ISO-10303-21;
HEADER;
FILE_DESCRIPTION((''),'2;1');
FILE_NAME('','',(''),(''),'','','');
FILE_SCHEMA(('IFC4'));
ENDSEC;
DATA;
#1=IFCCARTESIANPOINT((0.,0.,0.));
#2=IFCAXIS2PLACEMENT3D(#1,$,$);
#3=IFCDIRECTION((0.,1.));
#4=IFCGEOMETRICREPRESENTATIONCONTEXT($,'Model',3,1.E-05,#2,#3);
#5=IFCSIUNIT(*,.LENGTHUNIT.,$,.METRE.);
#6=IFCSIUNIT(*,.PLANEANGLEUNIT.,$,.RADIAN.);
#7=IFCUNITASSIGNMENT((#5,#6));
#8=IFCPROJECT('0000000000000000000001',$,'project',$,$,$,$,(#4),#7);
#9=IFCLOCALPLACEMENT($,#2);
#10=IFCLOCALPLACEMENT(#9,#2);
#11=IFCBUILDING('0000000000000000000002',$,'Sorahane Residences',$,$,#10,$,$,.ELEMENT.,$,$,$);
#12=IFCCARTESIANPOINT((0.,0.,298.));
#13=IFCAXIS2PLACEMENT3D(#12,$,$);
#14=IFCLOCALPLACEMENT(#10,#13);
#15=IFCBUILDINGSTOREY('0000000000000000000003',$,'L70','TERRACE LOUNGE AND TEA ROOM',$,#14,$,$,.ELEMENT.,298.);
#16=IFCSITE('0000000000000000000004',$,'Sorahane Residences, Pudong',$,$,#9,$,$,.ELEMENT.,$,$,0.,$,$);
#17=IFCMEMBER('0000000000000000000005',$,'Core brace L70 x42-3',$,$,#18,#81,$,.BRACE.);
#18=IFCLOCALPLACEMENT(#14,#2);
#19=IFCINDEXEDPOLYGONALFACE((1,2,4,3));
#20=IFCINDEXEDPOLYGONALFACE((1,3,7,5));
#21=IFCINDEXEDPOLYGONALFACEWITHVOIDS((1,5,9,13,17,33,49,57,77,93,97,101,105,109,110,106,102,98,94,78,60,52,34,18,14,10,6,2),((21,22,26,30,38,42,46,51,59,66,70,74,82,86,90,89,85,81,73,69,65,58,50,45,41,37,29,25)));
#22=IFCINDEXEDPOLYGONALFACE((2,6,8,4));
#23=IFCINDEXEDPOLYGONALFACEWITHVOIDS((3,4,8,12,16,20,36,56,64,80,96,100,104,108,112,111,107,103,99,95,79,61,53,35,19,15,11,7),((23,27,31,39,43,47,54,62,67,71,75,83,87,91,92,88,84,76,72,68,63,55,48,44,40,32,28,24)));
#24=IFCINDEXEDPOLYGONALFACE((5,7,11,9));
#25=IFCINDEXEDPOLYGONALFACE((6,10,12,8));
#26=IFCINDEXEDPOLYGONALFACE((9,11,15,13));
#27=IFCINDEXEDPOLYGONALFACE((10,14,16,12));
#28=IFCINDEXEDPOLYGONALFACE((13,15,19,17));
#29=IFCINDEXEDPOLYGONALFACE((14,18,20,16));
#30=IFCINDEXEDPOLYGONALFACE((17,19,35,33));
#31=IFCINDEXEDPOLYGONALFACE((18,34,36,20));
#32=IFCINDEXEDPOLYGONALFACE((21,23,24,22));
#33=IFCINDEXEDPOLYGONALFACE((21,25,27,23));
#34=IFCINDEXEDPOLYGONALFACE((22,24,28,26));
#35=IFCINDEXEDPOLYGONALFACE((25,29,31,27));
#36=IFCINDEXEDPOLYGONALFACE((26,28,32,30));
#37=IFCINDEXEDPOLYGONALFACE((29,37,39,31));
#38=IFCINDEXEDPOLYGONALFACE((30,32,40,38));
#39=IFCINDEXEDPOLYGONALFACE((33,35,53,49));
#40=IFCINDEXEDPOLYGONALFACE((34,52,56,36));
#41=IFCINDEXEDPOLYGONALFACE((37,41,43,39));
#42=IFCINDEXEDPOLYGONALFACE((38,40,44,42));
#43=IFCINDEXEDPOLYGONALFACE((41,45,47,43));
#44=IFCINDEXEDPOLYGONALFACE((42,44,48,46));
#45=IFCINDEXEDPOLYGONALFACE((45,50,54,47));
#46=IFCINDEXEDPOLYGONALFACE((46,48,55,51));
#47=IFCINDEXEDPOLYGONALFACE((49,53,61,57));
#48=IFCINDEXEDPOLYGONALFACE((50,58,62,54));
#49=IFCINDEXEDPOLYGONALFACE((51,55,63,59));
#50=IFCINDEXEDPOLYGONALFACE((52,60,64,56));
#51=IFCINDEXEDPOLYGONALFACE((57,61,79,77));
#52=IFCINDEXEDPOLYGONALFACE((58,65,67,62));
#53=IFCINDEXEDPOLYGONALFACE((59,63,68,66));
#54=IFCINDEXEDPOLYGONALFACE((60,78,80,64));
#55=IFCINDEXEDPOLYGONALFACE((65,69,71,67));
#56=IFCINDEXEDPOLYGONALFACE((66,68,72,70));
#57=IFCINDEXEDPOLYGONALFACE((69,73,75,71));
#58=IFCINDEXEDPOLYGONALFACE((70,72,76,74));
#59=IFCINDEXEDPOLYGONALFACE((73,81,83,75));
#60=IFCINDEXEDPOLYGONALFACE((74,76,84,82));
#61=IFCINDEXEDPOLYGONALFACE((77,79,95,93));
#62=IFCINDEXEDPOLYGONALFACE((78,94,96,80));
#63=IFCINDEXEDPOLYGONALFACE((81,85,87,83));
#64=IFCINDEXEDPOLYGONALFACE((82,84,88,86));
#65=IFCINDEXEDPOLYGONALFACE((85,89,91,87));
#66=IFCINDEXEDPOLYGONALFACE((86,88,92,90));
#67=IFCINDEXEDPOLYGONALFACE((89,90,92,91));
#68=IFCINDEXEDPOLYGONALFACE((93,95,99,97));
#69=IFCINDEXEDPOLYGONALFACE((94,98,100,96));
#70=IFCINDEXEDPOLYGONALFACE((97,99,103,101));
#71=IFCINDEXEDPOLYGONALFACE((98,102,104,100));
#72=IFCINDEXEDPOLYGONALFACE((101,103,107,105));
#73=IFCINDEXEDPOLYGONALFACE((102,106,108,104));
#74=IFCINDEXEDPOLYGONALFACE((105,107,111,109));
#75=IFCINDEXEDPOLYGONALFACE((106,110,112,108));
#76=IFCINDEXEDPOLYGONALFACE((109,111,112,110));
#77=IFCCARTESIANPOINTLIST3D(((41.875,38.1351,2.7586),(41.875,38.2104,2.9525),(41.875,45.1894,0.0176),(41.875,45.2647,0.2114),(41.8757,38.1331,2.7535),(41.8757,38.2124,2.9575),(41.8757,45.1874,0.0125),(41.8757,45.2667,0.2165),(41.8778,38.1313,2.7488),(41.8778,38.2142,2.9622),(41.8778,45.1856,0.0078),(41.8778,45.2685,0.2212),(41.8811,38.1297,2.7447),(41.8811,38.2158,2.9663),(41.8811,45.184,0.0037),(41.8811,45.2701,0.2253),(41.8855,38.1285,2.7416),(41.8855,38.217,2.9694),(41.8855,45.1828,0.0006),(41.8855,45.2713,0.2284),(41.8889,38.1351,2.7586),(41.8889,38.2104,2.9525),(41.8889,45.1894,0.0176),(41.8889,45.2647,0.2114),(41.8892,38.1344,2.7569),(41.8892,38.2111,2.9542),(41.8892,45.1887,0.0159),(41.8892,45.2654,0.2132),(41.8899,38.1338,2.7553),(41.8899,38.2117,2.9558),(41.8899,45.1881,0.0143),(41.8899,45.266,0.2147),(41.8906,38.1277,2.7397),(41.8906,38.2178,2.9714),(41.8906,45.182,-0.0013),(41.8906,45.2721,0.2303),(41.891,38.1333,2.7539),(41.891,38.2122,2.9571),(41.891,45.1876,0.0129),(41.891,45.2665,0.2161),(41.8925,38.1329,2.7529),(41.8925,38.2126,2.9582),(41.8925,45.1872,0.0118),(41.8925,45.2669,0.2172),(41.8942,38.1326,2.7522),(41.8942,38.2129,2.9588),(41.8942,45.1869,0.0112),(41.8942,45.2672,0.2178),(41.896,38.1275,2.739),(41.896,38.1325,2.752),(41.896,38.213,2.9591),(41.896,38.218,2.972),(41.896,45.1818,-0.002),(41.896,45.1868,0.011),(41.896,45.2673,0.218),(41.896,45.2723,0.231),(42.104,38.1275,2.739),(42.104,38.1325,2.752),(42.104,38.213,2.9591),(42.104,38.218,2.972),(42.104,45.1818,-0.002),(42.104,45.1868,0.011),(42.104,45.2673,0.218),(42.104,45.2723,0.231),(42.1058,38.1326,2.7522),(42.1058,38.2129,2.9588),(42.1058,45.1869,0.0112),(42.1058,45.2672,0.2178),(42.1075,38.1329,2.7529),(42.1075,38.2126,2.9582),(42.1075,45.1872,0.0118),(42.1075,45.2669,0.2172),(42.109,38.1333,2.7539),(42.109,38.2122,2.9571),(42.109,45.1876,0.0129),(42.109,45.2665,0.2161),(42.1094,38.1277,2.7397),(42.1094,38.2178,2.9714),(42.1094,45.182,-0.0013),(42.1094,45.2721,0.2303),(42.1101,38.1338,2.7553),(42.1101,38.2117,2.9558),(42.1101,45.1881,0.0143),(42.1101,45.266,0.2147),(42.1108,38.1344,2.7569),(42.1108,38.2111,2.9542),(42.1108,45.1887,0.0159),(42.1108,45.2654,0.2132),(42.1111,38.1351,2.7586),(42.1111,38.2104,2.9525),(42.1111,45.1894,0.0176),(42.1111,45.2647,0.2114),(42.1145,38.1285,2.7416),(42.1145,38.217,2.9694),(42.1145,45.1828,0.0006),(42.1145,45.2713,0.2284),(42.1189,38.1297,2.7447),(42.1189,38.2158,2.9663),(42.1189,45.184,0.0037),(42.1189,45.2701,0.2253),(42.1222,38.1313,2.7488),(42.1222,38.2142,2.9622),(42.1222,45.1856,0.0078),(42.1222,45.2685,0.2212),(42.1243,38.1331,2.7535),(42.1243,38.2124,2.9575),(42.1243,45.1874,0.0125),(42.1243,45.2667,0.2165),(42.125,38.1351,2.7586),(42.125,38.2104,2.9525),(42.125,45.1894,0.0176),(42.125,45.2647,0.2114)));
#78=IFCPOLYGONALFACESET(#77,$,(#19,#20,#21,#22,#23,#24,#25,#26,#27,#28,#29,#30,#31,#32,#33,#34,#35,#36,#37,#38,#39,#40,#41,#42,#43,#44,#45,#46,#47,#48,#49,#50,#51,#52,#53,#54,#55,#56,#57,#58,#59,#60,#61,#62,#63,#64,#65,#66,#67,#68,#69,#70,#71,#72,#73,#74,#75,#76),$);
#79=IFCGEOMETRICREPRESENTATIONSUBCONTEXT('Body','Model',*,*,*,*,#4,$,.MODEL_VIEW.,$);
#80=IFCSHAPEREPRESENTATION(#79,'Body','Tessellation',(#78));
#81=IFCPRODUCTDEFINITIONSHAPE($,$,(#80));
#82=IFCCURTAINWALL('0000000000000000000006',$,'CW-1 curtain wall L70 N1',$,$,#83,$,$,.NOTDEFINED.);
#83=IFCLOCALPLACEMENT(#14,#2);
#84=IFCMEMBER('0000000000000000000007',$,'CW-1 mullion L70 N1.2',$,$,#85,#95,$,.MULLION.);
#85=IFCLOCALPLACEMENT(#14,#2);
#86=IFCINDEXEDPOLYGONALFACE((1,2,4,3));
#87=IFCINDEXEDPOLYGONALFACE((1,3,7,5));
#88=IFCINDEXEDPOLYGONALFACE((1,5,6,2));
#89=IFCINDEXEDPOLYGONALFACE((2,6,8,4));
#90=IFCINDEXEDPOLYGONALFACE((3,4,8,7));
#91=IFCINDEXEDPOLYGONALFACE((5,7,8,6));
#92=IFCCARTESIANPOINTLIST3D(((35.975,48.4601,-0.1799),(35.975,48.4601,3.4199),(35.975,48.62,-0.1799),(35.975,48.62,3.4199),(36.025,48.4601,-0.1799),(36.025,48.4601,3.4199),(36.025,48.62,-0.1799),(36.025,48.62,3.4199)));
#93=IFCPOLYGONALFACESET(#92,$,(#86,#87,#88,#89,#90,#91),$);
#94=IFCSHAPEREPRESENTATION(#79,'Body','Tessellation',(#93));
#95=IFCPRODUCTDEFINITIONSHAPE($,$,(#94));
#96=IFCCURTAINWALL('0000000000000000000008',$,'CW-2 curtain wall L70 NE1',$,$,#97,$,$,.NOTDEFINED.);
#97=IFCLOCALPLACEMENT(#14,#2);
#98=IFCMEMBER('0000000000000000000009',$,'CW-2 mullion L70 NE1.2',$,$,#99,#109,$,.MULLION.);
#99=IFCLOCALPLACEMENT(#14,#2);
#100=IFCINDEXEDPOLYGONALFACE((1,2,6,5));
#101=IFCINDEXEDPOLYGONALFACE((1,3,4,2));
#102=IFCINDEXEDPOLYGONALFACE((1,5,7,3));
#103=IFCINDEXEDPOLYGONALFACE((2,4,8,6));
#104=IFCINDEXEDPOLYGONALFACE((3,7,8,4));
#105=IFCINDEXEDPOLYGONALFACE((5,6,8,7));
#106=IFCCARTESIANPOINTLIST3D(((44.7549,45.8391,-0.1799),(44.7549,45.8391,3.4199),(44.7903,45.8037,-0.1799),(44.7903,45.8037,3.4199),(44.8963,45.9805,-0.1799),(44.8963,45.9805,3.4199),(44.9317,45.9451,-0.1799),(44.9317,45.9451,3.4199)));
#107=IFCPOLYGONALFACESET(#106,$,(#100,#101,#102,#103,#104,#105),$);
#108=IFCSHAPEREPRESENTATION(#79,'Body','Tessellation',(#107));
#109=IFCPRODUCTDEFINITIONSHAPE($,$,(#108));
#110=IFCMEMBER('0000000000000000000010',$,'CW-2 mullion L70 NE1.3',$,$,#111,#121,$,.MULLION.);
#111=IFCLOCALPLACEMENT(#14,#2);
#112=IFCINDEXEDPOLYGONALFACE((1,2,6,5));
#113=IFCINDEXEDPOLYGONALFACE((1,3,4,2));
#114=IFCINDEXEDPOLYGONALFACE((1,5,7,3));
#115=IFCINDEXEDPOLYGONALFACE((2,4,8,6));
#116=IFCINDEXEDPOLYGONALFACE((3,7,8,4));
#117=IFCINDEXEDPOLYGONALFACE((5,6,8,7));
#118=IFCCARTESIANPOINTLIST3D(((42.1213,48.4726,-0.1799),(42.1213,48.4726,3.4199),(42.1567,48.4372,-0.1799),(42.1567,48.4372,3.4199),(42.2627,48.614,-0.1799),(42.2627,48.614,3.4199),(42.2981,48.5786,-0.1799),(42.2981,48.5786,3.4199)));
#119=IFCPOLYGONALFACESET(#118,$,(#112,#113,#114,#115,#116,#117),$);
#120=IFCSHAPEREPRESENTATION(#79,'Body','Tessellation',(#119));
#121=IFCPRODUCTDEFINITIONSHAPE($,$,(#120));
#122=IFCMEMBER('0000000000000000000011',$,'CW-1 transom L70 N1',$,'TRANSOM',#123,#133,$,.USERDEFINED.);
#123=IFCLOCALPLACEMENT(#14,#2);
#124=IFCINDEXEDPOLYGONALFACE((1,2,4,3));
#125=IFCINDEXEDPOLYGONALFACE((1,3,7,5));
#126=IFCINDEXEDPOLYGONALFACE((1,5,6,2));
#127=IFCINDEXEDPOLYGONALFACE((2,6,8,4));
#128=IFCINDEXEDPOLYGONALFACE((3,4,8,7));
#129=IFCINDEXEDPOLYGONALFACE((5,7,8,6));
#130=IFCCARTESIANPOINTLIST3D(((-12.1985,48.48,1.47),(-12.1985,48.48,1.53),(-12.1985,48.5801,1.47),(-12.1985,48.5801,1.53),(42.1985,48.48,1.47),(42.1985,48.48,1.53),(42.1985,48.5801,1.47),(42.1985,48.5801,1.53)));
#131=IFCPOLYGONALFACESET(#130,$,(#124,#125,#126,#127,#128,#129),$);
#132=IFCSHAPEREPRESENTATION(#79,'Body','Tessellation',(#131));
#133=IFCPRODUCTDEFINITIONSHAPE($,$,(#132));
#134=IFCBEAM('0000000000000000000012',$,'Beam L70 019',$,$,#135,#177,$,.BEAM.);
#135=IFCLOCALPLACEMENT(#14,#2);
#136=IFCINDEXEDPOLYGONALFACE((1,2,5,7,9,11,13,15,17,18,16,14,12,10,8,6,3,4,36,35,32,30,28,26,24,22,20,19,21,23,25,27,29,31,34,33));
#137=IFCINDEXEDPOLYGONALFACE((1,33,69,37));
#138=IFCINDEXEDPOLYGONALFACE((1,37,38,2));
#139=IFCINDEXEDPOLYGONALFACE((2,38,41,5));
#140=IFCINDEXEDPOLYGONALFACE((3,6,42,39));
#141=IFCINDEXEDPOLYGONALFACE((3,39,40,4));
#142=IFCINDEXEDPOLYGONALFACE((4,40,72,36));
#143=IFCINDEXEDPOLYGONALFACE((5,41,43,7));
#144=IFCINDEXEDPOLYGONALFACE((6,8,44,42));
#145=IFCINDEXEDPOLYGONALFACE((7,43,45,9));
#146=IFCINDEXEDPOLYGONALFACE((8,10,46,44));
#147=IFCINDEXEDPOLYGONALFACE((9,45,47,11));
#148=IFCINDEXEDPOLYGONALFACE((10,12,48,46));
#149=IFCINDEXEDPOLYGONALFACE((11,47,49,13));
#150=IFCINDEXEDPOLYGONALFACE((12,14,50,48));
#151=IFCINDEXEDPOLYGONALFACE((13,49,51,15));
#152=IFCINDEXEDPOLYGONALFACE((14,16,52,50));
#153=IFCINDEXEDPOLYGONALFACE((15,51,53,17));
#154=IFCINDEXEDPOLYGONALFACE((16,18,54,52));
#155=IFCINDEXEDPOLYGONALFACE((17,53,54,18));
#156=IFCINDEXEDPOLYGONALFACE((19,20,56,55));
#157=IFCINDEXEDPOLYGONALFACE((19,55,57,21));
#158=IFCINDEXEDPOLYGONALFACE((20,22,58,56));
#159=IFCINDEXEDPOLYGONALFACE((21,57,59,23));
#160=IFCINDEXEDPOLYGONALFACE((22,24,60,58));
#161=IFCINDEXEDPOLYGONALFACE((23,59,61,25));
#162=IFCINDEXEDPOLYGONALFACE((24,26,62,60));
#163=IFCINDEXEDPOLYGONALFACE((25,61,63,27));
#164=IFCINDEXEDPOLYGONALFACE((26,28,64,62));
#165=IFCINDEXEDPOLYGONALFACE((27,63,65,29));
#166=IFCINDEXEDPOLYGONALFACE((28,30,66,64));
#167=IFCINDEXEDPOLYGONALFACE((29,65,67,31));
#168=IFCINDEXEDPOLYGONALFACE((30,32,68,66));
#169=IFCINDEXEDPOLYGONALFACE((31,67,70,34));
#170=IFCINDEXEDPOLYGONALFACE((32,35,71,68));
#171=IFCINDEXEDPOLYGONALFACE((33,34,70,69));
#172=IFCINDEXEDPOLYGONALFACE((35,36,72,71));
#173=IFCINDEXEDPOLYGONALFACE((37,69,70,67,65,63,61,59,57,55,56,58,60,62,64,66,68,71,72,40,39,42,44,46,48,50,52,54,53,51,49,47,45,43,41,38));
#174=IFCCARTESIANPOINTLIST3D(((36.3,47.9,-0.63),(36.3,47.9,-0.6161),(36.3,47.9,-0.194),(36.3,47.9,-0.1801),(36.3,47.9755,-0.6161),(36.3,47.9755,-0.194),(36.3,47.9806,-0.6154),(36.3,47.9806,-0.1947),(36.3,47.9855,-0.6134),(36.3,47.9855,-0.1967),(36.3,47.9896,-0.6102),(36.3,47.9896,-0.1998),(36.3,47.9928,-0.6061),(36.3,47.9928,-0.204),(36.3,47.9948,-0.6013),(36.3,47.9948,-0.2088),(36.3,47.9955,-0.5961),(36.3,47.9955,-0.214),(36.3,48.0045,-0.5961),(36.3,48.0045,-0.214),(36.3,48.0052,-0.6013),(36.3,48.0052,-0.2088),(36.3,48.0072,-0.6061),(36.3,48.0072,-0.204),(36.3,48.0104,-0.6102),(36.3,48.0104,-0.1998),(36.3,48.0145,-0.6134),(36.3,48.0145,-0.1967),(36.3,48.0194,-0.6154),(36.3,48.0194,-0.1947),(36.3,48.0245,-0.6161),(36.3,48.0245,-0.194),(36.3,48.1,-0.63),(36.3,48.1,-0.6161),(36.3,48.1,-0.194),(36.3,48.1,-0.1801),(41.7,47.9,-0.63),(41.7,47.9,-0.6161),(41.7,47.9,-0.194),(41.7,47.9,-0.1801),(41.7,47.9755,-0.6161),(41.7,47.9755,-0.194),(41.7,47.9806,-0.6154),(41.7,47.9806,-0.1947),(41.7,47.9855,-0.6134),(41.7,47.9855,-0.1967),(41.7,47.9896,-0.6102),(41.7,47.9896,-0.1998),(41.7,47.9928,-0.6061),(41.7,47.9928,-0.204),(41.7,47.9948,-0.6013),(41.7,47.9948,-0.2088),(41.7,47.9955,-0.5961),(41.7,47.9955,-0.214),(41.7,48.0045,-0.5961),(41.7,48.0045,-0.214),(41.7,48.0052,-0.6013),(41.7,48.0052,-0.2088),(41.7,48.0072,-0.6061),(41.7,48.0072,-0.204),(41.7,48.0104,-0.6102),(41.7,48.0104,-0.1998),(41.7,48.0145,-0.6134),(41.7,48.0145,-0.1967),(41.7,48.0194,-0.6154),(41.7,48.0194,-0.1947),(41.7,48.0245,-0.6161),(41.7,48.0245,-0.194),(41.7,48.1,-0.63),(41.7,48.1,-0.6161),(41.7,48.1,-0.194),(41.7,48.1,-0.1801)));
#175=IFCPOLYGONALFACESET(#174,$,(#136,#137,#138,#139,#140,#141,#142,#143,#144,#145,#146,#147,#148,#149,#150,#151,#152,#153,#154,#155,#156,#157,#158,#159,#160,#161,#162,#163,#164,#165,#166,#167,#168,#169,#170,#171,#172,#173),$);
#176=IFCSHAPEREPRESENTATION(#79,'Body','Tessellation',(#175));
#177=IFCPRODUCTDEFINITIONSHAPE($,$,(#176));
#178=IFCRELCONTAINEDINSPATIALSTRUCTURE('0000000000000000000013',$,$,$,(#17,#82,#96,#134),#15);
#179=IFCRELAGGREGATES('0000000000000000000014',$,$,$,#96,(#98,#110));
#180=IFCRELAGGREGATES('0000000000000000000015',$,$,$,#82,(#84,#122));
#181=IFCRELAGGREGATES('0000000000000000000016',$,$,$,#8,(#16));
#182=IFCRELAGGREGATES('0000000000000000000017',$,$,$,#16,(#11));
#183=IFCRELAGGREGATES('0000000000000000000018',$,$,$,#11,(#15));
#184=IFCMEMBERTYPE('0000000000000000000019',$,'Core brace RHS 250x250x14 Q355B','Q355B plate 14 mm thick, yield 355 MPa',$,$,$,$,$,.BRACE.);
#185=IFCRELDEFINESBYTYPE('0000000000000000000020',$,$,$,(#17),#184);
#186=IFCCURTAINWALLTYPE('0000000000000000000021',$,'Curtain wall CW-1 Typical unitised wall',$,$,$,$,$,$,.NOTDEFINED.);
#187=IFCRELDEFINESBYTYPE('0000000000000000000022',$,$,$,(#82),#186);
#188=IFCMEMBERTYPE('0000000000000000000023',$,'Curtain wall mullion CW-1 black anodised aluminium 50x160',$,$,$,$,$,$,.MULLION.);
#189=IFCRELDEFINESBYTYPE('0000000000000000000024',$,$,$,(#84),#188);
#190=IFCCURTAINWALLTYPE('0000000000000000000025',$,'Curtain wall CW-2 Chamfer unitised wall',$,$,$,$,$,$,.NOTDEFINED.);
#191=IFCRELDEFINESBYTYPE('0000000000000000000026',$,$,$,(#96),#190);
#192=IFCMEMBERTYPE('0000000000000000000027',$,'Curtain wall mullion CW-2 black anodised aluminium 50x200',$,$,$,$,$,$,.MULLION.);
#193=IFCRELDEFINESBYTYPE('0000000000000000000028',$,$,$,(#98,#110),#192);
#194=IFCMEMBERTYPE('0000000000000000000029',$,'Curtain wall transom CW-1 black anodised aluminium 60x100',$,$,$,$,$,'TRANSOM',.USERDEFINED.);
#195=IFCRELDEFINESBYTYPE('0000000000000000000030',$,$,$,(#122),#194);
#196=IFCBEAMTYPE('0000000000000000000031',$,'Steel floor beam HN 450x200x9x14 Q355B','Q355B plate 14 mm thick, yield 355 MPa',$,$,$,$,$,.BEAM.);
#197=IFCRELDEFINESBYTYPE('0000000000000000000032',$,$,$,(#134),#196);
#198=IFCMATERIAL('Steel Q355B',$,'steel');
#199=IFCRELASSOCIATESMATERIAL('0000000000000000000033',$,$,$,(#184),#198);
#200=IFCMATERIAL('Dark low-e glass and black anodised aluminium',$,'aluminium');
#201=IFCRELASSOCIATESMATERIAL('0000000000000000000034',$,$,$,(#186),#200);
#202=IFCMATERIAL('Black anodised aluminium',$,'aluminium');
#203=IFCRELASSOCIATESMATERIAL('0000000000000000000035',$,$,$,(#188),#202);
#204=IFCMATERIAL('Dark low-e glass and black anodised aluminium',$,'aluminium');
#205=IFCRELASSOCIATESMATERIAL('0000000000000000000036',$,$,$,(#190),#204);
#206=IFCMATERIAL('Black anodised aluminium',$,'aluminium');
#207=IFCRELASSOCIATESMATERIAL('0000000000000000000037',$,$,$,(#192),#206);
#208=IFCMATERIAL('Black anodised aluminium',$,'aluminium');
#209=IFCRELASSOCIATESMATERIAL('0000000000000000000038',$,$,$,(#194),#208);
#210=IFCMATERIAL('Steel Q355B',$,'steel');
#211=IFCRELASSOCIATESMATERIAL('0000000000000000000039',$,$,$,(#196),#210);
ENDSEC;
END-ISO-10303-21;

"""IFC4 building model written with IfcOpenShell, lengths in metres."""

from ifc_helpers import new_model, si_unit, direction, frame, origin, origin_2d, place, context, subcontext, project, spatial, rectangle, hollow_rectangle, i_section, extrude, material, material_profile, profile_set, type_object, element, aggregate, save


model = new_model("IFC4")

# Units and contexts
model_context = context("Model", 3, precision=1e-05, world=origin(), true_north=direction((0.0, 1.0)))
body_context = subcontext(model_context, "Body", "Model", "MODEL_VIEW")
ifc_project = project(units=[si_unit("LENGTHUNIT", "METRE"), si_unit("PLANEANGLEUNIT", "RADIAN")], contexts=[model_context])

# Site, building, storey
site_placement = place(None, origin())
site = spatial("IfcSite", under=ifc_project, at=site_placement, Name="Sorahane Residences, Pudong", CompositionType="ELEMENT", RefElevation=0.0)
building_placement = place(site_placement, origin())
building = spatial("IfcBuilding", under=site, at=building_placement, Name="Sorahane Residences", CompositionType="ELEMENT")
storey_placement = place(building_placement, frame((0.0, 0.0, 298.0)))
storey = spatial("IfcBuildingStorey", under=building, at=storey_placement, Name="L70", Description="TERRACE LOUNGE AND TEA ROOM", CompositionType="ELEMENT", Elevation=298.0)

# Member
ifc_material_1 = material(Name="Steel Q355B", Category="steel")
ifc_material_profile_1 = material_profile(ifc_material_1, hollow_rectangle(XDim=0.25, YDim=0.25, WallThickness=0.0139, InnerFilletRadius=0.0071, OuterFilletRadius=0.021, at=origin_2d()), Name="RHS 250x250x14")
ifc_profile_set_1 = profile_set([ifc_material_profile_1], Name="Steel Q355B")
member_type_1 = type_object("IfcMemberType", Name="Core brace RHS 250x250x14 Q355B", Description="Q355B plate 14 mm thick, yield 355 MPa", PredefinedType="BRACE", material=ifc_profile_set_1)
member_1_placement = place(storey_placement, frame((42.0, 45.2271, 0.1145), z_axis=(0.0, -0.932109, 0.362178), x_axis=(1.0, 0.0, 0.0)))
element("IfcMember", 1, at=member_1_placement, inside=storey, type_object=member_type_1, Name="Core brace L70 x42-3", PredefinedType="BRACE", context=body_context, shape_type="SweptSolid", body=[
    extrude(hollow_rectangle(XDim=0.25, YDim=0.25, WallThickness=0.0139, InnerFilletRadius=0.0071, OuterFilletRadius=0.021, at=origin_2d()), origin(), (0.0, 0.0, 1.0), 7.5681),
])

# Curtain wall, member
ifc_material_2 = material(Name="Dark low-e glass and black anodised aluminium", Category="aluminium")
curtain_wall_type_1 = type_object("IfcCurtainWallType", Name="Curtain wall CW-1 Typical unitised wall", PredefinedType="NOTDEFINED", material=ifc_material_2)
curtain_wall_1_placement = place(storey_placement, origin())
curtain_wall_1 = element("IfcCurtainWall", 2, at=curtain_wall_1_placement, inside=storey, type_object=curtain_wall_type_1, Name="CW-1 curtain wall L70 N1", PredefinedType="NOTDEFINED")
ifc_material_3 = material(Name="Black anodised aluminium", Category="aluminium")
ifc_material_profile_2 = material_profile(ifc_material_3, rectangle(XDim=0.1599, YDim=0.05, at=origin_2d()), Name="Curtain wall mullion CW-1 black anodised aluminium 50x160")
ifc_profile_set_2 = profile_set([ifc_material_profile_2], Name="Black anodised aluminium")
member_type_2 = type_object("IfcMemberType", Name="Curtain wall mullion CW-1 black anodised aluminium 50x160", PredefinedType="MULLION", material=ifc_profile_set_2)
member_2_placement = place(storey_placement, frame((36.0, 48.54, -0.1799), z_axis=(0.0, 0.0, 1.0), x_axis=(0.0, 1.0, 0.0)))
member_2 = element("IfcMember", 3, at=member_2_placement, type_object=member_type_2, Name="CW-1 mullion L70 N1.2", PredefinedType="MULLION", context=body_context, shape_type="SweptSolid", body=[
    extrude(rectangle(XDim=0.1599, YDim=0.05, at=origin_2d()), origin(), (0.0, 0.0, 1.0), 3.5999),
])

# Curtain wall, members
ifc_material_4 = material(Name="Dark low-e glass and black anodised aluminium", Category="aluminium")
curtain_wall_type_2 = type_object("IfcCurtainWallType", Name="Curtain wall CW-2 Chamfer unitised wall", PredefinedType="NOTDEFINED", material=ifc_material_4)
curtain_wall_2_placement = place(storey_placement, origin())
curtain_wall_2 = element("IfcCurtainWall", 4, at=curtain_wall_2_placement, inside=storey, type_object=curtain_wall_type_2, Name="CW-2 curtain wall L70 NE1", PredefinedType="NOTDEFINED")
ifc_material_5 = material(Name="Black anodised aluminium", Category="aluminium")
ifc_material_profile_3 = material_profile(ifc_material_5, rectangle(XDim=0.2, YDim=0.05, at=origin_2d()), Name="Curtain wall mullion CW-2 black anodised aluminium 50x200")
ifc_profile_set_3 = profile_set([ifc_material_profile_3], Name="Black anodised aluminium")
member_type_3 = type_object("IfcMemberType", Name="Curtain wall mullion CW-2 black anodised aluminium 50x200", PredefinedType="MULLION", material=ifc_profile_set_3)
member_3_placement = place(storey_placement, frame((44.8433, 45.8921, -0.1799), z_axis=(0.0, 0.0, 1.0), x_axis=(0.707107, 0.707107, 0.0)))
member_3 = element("IfcMember", 5, at=member_3_placement, type_object=member_type_3, Name="CW-2 mullion L70 NE1.2", PredefinedType="MULLION", context=body_context, shape_type="SweptSolid", body=[
    extrude(rectangle(XDim=0.2, YDim=0.05, at=origin_2d()), origin(), (0.0, 0.0, 1.0), 3.5999),
])
member_4_placement = place(storey_placement, frame((42.2097, 48.5256, -0.1799), z_axis=(0.0, 0.0, 1.0), x_axis=(0.707107, 0.707107, 0.0)))
member_4 = element("IfcMember", 6, at=member_4_placement, type_object=member_type_3, Name="CW-2 mullion L70 NE1.3", PredefinedType="MULLION", context=body_context, shape_type="SweptSolid", body=[
    extrude(rectangle(XDim=0.2, YDim=0.05, at=origin_2d()), origin(), (0.0, 0.0, 1.0), 3.5999),
])

# Member
ifc_material_6 = material(Name="Black anodised aluminium", Category="aluminium")
ifc_material_profile_4 = material_profile(ifc_material_6, rectangle(XDim=0.1001, YDim=0.0601, at=origin_2d()), Name="Curtain wall transom CW-1 black anodised aluminium 60x100")
ifc_profile_set_4 = profile_set([ifc_material_profile_4], Name="Black anodised aluminium")
member_type_4 = type_object("IfcMemberType", Name="Curtain wall transom CW-1 black anodised aluminium 60x100", ElementType="TRANSOM", PredefinedType="USERDEFINED", material=ifc_profile_set_4)
member_5_placement = place(storey_placement, frame((42.1985, 48.53, 1.5), z_axis=(-1.0, 0.0, 0.0), x_axis=(0.0, -1.0, 0.0)))
member_5 = element("IfcMember", 7, at=member_5_placement, type_object=member_type_4, Name="CW-1 transom L70 N1", ObjectType="TRANSOM", PredefinedType="USERDEFINED", context=body_context, shape_type="SweptSolid", body=[
    extrude(rectangle(XDim=0.1001, YDim=0.0601, at=origin_2d()), origin(), (0.0, 0.0, 1.0), 54.397),
])

# Beam
ifc_material_7 = material(Name="Steel Q355B", Category="steel")
ifc_material_profile_5 = material_profile(ifc_material_7, i_section(OverallWidth=0.2, OverallDepth=0.45, WebThickness=0.009, FlangeThickness=0.0139, FilletRadius=0.02, at=origin_2d()), Name="HN 450x200x9x14")
ifc_profile_set_5 = profile_set([ifc_material_profile_5], Name="Steel Q355B")
beam_type = type_object("IfcBeamType", Name="Steel floor beam HN 450x200x9x14 Q355B", Description="Q355B plate 14 mm thick, yield 355 MPa", PredefinedType="BEAM", material=ifc_profile_set_5)
beam_placement = place(storey_placement, frame((36.3, 48.0, -0.405), z_axis=(1.0, 0.0, 0.0), x_axis=(0.0, 1.0, 0.0)))
element("IfcBeam", 8, at=beam_placement, inside=storey, type_object=beam_type, Name="Beam L70 019", PredefinedType="BEAM", context=body_context, shape_type="SweptSolid", body=[
    extrude(i_section(OverallWidth=0.2, OverallDepth=0.45, WebThickness=0.009, FlangeThickness=0.0139, FilletRadius=0.02, at=origin_2d()), origin(), (0.0, 0.0, 1.0), 5.3999),
])

aggregate(curtain_wall_2, [member_3, member_4])
aggregate(curtain_wall_1, [member_2, member_5])

save(model, "model.ifc")
